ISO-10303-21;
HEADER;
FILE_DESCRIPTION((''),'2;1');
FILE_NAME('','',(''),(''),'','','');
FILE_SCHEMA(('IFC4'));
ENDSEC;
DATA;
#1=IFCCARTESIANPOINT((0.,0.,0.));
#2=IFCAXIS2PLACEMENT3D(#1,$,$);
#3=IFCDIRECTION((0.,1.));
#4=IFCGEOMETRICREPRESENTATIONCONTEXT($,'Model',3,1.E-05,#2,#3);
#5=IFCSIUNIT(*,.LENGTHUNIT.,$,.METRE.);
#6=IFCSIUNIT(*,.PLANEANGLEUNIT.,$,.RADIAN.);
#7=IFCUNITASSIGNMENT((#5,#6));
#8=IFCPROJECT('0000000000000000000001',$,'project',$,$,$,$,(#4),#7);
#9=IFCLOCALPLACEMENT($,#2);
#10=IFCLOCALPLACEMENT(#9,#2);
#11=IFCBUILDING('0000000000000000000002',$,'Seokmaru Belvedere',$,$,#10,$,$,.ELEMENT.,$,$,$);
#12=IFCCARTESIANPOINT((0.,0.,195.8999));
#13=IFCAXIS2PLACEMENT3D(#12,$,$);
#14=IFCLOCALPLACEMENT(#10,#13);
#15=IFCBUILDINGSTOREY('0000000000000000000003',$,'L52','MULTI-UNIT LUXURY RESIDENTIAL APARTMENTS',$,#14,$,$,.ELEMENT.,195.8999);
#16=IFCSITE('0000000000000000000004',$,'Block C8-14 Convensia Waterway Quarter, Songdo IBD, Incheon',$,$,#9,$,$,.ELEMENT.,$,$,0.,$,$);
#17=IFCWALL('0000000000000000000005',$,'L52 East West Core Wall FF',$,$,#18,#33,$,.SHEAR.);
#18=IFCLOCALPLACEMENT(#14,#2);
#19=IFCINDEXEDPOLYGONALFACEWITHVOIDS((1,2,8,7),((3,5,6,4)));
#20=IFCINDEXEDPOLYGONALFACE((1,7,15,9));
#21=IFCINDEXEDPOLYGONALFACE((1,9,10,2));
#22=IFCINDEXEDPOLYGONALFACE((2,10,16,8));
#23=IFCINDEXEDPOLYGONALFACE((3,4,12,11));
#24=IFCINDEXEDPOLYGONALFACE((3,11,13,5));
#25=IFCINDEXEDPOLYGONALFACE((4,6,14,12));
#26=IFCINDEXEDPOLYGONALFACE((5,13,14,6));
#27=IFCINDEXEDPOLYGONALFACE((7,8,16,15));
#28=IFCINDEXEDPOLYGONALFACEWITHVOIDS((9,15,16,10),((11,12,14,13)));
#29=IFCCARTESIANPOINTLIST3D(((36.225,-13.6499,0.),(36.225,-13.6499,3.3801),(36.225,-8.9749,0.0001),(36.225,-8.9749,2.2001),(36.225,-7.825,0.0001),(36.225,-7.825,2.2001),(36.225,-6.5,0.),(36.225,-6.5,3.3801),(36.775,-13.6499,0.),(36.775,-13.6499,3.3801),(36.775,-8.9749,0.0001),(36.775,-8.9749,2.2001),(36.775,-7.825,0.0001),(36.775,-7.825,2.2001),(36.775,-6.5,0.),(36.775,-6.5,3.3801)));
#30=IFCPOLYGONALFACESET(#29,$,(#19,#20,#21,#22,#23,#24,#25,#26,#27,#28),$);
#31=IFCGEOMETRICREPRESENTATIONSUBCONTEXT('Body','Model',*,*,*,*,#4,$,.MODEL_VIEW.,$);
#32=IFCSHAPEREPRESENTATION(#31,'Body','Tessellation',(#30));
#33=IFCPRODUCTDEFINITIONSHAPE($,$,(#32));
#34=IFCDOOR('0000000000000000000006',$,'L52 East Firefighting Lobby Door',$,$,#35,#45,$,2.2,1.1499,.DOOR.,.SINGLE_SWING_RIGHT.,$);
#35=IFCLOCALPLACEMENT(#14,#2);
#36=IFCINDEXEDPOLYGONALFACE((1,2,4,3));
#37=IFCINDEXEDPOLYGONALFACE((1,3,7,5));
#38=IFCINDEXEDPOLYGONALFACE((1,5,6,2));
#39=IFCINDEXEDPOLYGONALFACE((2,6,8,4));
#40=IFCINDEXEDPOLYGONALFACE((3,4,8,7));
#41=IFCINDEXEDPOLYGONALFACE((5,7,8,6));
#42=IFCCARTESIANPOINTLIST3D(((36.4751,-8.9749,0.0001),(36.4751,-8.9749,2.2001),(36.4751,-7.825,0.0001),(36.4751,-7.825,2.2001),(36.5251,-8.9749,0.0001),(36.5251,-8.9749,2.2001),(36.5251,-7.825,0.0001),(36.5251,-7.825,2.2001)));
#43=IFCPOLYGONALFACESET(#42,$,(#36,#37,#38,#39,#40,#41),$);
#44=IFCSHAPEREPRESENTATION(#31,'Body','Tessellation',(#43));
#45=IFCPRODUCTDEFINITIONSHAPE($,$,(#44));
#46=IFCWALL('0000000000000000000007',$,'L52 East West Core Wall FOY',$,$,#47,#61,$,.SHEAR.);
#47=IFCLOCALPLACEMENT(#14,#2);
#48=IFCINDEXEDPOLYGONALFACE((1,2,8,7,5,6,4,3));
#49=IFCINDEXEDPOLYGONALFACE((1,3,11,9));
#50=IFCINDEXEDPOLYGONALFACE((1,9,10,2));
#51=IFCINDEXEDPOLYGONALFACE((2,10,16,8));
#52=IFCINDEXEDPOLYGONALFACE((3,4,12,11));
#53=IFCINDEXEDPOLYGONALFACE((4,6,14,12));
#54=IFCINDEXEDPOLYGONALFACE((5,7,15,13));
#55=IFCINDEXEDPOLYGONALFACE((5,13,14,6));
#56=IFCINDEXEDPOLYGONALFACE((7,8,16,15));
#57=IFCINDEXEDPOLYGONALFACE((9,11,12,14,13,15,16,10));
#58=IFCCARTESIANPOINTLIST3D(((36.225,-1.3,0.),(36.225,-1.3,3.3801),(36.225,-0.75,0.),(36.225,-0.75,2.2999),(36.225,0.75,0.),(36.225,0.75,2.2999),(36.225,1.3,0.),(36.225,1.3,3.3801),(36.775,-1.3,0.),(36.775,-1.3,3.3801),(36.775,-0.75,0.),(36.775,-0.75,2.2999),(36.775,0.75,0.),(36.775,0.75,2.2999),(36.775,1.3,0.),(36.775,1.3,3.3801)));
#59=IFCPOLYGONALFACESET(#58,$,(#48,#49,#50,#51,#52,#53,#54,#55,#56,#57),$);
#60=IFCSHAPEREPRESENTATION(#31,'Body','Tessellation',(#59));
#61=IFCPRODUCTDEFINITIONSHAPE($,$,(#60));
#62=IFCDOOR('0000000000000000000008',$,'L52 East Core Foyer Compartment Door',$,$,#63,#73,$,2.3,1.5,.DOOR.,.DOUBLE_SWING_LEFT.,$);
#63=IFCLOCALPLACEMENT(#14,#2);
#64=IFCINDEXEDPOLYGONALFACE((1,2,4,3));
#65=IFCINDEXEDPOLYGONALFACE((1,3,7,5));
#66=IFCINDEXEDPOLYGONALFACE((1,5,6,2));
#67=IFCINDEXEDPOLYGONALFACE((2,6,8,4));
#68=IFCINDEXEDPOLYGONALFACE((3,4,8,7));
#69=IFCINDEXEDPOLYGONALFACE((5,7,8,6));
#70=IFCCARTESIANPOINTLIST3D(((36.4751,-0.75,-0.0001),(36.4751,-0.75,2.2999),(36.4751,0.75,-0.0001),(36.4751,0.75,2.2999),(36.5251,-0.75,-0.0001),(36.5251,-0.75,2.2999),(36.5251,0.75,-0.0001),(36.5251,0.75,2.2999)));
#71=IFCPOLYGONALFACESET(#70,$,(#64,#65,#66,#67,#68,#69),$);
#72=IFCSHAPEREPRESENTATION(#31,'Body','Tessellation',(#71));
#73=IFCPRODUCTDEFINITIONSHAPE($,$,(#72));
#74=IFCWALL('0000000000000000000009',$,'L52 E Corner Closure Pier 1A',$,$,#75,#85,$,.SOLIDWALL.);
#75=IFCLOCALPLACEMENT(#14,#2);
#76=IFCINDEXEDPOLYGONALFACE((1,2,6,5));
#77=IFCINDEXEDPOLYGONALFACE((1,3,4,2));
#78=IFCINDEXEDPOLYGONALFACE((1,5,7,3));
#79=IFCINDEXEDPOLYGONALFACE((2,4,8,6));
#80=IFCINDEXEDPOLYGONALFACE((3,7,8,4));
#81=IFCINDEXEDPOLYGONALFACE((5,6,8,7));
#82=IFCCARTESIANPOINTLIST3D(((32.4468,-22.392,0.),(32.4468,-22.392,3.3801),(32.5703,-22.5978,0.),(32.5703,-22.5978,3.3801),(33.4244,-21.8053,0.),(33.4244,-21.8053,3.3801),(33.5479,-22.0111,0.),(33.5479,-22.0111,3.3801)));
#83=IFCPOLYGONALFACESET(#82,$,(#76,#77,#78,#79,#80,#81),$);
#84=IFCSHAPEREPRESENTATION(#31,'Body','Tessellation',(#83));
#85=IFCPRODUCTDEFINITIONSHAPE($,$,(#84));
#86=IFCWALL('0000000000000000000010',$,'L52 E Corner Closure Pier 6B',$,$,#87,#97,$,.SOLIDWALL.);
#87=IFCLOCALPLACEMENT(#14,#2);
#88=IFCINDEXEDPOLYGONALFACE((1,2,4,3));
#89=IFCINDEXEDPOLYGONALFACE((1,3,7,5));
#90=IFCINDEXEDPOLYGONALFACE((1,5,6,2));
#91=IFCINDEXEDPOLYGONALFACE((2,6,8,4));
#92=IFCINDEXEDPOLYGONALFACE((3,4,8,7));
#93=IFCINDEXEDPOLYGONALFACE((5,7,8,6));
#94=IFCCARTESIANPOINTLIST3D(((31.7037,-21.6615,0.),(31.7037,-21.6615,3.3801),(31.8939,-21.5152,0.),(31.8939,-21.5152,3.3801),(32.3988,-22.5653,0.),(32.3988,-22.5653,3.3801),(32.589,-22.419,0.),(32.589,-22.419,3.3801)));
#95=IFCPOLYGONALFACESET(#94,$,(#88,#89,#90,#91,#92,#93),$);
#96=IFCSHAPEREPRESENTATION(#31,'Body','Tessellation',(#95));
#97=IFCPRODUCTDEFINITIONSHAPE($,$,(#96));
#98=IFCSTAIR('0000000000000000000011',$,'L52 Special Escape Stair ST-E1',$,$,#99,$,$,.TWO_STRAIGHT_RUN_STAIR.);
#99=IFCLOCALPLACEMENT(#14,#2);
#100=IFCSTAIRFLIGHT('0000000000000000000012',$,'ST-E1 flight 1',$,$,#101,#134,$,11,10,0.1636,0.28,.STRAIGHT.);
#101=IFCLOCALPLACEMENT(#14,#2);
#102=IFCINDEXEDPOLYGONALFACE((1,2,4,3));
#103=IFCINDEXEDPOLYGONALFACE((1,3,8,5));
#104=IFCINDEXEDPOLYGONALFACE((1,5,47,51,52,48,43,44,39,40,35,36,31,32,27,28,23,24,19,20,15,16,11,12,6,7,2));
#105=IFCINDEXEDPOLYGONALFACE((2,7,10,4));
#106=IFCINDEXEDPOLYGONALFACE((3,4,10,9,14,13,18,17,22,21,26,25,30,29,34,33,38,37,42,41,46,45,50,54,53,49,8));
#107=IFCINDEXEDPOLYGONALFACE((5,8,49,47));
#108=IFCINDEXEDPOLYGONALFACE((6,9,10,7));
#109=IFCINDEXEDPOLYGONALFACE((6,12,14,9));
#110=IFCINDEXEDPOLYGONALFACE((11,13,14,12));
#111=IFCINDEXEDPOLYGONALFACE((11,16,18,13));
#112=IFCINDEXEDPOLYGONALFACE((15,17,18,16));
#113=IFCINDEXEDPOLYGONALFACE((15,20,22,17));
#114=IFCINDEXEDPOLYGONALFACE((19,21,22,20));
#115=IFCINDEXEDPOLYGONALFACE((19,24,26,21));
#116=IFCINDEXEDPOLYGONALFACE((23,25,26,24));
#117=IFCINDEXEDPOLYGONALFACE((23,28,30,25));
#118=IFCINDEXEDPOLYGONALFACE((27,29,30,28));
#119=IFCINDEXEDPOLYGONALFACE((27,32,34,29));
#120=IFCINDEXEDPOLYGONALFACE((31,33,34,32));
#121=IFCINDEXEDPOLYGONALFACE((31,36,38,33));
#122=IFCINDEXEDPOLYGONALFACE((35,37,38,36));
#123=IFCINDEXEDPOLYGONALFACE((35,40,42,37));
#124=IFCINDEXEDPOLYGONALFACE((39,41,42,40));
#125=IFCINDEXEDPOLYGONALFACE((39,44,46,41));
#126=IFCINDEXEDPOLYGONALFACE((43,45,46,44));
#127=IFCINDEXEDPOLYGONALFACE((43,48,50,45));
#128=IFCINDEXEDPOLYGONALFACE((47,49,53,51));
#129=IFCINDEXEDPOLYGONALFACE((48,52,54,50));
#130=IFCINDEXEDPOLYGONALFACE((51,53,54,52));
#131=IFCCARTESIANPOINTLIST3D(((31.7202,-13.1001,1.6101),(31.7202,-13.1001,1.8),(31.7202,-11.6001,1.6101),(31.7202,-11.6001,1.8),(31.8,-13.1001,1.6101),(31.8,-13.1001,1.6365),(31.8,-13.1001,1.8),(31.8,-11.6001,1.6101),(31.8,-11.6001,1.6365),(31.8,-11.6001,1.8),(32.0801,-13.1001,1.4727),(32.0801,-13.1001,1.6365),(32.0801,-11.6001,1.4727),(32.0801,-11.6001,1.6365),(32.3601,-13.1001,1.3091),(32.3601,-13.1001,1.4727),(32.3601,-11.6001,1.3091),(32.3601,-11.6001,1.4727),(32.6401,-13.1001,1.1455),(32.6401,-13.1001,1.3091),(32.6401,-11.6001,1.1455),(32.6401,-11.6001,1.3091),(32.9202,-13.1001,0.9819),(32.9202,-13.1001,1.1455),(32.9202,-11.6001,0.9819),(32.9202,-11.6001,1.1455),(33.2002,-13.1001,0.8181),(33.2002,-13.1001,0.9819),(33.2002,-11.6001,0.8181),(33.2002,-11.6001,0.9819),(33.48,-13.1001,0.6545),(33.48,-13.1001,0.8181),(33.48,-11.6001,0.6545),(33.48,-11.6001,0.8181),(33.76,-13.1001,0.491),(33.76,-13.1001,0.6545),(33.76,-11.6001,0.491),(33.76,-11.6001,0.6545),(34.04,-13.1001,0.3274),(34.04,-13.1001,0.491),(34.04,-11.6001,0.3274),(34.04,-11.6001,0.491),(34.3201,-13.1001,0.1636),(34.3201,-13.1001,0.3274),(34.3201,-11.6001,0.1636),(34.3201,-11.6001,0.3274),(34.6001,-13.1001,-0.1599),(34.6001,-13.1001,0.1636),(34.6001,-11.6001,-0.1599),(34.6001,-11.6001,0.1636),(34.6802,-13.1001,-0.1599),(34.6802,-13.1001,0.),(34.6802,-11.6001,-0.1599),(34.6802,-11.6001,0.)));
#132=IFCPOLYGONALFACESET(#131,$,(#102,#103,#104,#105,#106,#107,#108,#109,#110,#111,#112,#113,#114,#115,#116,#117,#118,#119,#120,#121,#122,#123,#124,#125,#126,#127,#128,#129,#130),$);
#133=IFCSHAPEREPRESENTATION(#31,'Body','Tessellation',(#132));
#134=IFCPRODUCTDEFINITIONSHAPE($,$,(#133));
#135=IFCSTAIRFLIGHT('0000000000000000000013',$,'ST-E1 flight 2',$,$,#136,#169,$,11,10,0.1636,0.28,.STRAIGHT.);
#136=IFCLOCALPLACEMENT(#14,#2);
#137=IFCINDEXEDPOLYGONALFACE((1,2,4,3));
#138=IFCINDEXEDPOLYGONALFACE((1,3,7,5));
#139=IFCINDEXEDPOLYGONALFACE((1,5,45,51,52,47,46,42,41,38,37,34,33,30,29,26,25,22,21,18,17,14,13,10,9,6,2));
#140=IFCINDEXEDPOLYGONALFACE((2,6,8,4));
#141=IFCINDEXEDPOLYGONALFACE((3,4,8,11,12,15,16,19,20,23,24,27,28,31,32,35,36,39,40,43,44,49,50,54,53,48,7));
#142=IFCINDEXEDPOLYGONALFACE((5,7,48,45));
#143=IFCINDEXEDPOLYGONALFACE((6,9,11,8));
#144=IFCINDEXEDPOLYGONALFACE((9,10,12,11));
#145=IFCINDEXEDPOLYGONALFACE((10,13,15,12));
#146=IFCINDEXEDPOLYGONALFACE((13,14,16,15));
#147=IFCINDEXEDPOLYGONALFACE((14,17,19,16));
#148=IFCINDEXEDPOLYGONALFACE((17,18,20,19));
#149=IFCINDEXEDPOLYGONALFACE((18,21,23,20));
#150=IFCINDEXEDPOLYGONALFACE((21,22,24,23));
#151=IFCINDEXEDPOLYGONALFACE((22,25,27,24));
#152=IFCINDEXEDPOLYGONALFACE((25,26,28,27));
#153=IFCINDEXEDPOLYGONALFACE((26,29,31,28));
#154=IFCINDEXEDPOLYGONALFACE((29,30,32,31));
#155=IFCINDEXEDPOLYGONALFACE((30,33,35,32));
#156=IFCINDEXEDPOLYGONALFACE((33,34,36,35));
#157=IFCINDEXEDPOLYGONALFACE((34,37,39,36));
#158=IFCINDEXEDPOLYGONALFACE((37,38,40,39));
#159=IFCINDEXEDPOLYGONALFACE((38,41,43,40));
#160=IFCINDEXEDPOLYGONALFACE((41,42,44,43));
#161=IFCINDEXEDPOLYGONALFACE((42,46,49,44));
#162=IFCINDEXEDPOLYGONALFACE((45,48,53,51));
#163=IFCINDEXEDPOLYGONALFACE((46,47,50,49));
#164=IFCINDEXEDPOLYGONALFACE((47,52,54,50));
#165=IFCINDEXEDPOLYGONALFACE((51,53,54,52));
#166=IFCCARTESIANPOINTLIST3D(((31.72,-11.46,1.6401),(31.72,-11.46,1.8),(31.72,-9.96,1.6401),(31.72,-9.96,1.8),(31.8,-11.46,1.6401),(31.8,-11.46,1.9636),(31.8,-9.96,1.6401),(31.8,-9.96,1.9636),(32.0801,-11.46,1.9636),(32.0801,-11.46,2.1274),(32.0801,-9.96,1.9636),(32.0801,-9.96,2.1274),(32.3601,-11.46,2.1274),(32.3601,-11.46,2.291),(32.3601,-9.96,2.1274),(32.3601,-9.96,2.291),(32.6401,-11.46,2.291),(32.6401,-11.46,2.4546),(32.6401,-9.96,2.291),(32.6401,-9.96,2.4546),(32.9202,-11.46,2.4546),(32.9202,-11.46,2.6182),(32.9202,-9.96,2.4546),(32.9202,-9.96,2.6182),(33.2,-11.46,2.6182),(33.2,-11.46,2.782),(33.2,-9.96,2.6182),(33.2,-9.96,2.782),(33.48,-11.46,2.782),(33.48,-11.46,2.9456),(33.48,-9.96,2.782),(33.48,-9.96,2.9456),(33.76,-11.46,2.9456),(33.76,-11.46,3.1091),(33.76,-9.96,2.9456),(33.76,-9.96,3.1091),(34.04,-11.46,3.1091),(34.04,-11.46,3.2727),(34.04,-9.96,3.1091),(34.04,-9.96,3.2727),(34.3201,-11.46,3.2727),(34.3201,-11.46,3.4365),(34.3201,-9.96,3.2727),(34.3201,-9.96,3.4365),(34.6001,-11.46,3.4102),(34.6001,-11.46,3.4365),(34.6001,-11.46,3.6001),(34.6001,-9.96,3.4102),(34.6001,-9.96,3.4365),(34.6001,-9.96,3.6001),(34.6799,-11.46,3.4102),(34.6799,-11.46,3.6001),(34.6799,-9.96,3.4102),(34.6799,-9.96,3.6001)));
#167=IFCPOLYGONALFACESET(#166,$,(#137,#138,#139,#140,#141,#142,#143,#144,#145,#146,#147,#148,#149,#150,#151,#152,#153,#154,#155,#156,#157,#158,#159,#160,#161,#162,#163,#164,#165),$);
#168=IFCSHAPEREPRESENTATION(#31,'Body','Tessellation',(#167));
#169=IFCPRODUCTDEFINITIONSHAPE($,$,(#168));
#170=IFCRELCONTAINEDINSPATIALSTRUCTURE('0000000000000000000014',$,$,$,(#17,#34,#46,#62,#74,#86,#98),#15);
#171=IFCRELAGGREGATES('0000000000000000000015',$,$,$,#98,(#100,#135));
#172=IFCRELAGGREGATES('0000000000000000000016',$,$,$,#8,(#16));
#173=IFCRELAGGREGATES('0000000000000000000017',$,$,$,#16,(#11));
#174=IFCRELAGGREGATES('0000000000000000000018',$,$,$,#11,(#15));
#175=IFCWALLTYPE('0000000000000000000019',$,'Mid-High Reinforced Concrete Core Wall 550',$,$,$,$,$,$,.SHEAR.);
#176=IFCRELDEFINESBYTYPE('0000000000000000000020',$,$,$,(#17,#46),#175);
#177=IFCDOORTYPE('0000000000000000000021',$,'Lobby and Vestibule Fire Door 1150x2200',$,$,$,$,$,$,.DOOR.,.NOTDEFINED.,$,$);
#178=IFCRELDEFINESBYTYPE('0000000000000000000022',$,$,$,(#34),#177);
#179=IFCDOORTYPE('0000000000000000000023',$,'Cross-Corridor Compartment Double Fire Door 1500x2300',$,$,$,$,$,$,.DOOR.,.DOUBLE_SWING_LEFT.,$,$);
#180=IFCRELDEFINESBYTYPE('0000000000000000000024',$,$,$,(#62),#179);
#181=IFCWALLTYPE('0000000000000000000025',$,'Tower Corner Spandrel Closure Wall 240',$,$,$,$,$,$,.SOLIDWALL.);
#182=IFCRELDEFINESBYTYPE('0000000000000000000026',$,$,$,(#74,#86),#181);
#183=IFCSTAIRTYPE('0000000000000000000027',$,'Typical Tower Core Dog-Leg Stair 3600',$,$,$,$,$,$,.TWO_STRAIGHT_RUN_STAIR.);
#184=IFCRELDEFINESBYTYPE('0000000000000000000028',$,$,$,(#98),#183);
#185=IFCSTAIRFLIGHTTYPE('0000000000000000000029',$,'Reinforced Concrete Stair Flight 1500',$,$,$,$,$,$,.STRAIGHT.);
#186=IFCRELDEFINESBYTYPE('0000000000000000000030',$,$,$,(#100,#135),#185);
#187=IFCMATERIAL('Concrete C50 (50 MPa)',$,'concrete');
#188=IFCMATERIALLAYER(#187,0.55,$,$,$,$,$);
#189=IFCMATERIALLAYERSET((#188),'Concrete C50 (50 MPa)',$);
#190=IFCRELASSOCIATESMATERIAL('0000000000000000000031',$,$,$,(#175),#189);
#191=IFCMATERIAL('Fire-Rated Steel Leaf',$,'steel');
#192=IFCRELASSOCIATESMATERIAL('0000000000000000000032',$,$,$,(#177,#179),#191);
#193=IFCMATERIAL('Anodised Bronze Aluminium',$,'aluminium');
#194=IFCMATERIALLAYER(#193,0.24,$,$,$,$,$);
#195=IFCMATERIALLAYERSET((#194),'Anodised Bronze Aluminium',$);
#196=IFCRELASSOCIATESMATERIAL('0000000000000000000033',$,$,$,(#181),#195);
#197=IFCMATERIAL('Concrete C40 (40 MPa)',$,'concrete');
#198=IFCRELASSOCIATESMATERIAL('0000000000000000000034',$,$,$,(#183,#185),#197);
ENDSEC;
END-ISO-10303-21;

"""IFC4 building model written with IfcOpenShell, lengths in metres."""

from ifc_helpers import new_model, si_unit, direction, frame, frame_2d, origin, place, context, subcontext, project, spatial, polyline, rectangle, outline, extrude, source, transform, mapped, material, layer, layer_set, type_object, type_shapes, element, fill, aggregate, save


model = new_model("IFC4")

# Units and contexts
model_context = context("Model", 3, precision=1e-05, world=origin(), true_north=direction((0.0, 1.0)))
body_context = subcontext(model_context, "Body", "Model", "MODEL_VIEW")
ifc_project = project(units=[si_unit("LENGTHUNIT", "METRE"), si_unit("PLANEANGLEUNIT", "RADIAN")], contexts=[model_context])

# Site, building, storey
site_placement = place(None, origin())
site = spatial("IfcSite", under=ifc_project, at=site_placement, Name="Block C8-14 Convensia Waterway Quarter, Songdo IBD, Incheon", CompositionType="ELEMENT", RefElevation=0.0)
building_placement = place(site_placement, origin())
building = spatial("IfcBuilding", under=site, at=building_placement, Name="Seokmaru Belvedere", CompositionType="ELEMENT")
storey_placement = place(building_placement, frame((0.0, 0.0, 195.8999)))
storey = spatial("IfcBuildingStorey", under=building, at=storey_placement, Name="L52", Description="MULTI-UNIT LUXURY RESIDENTIAL APARTMENTS", CompositionType="ELEMENT", Elevation=195.8999)

# Shared definitions
ifc_material_1 = material(Name="Anodised Bronze Aluminium", Category="aluminium")

# Walls, openings, doors
ifc_material_2 = material(Name="Concrete C50 (50 MPa)", Category="concrete")
ifc_layer_1 = layer(ifc_material_2, 0.55)
ifc_layer_set_1 = layer_set([ifc_layer_1], Name="Concrete C50 (50 MPa)")
wall_type_1 = type_object("IfcWallType", Name="Mid-High Reinforced Concrete Core Wall 550", PredefinedType="SHEAR", material=ifc_layer_set_1)
wall_1_placement = place(storey_placement, frame((36.5, -13.6499, 0.0), z_axis=(0.0, 0.0, 1.0), x_axis=(0.0, 1.0, 0.0)))
wall_1 = element("IfcWall", 1, at=wall_1_placement, inside=storey, type_object=wall_type_1, Name="L52 East West Core Wall FF", PredefinedType="SHEAR", context=body_context, shape_type="SweptSolid", body=[
    extrude(rectangle(XDim=7.1499, YDim=0.55, at=frame_2d((3.575, 0.0))), origin(), (0.0, 0.0, 1.0), 3.3801),
])
opening_1_placement = place(wall_1_placement, frame((4.675, 0.0, 0.0)))
opening_1 = element("IfcOpeningElement", 2, at=opening_1_placement, cuts=wall_1, PredefinedType="OPENING", context=body_context, shape_type="SweptSolid", body=[
    extrude(rectangle(XDim=1.1499, YDim=2.2, at=frame_2d((0.575, 1.1001))), frame((0.0, 0.2852, 0.0), z_axis=(0.0, -1.0, 0.0), x_axis=(1.0, 0.0, 0.0)), (0.0, 0.0, 1.0), 0.5701),
])
ifc_material_3 = material(Name="Fire-Rated Steel Leaf", Category="steel")
door_type_1 = type_object("IfcDoorType", Name="Lobby and Vestibule Fire Door 1150x2200", OperationType="NOTDEFINED", PredefinedType="DOOR", material=ifc_material_3)
shared_shape_1 = source(origin(), body_context, "Body", "SweptSolid", [
    extrude(rectangle(XDim=1.1499, YDim=2.2, at=frame_2d((0.575, 1.1001))), frame((0.0, 0.0249, 0.0), z_axis=(0.0, -1.0, 0.0), x_axis=(1.0, 0.0, 0.0)), (0.0, 0.0, 1.0), 0.05),
])
type_shapes(door_type_1, [shared_shape_1])
door_1_placement = place(opening_1_placement, origin())
door_1 = element("IfcDoor", 3, at=door_1_placement, inside=storey, type_object=door_type_1, Name="L52 East Firefighting Lobby Door", OperationType="SINGLE_SWING_RIGHT", OverallHeight=2.2, OverallWidth=1.1499, PredefinedType="DOOR", context=body_context, shape_type="MappedRepresentation", body=[
    mapped(shared_shape_1, transform((0.0, 0.0, 0.0), scale=1.0)),
])
fill(opening_1, door_1)
wall_2_placement = place(storey_placement, frame((36.5, -1.3, 0.0), z_axis=(0.0, 0.0, 1.0), x_axis=(0.0, 1.0, 0.0)))
wall_2 = element("IfcWall", 4, at=wall_2_placement, inside=storey, type_object=wall_type_1, Name="L52 East West Core Wall FOY", PredefinedType="SHEAR", context=body_context, shape_type="SweptSolid", body=[
    extrude(rectangle(XDim=2.6001, YDim=0.55, at=frame_2d((1.3, 0.0))), origin(), (0.0, 0.0, 1.0), 3.3801),
])
opening_2_placement = place(wall_2_placement, frame((0.55, 0.0, 0.0)))
opening_2 = element("IfcOpeningElement", 5, at=opening_2_placement, cuts=wall_2, PredefinedType="OPENING", context=body_context, shape_type="SweptSolid", body=[
    extrude(rectangle(XDim=1.5, YDim=2.3, at=frame_2d((0.75, 1.1499))), frame((0.0, 0.2852, 0.0), z_axis=(0.0, -1.0, 0.0), x_axis=(1.0, 0.0, 0.0)), (0.0, 0.0, 1.0), 0.5701),
])
door_type_2 = type_object("IfcDoorType", Name="Cross-Corridor Compartment Double Fire Door 1500x2300", OperationType="DOUBLE_SWING_LEFT", PredefinedType="DOOR", material=ifc_material_3)
shared_shape_2 = source(origin(), body_context, "Body", "SweptSolid", [
    extrude(rectangle(XDim=1.5, YDim=2.3, at=frame_2d((0.75, 1.1499))), frame((0.0, 0.0249, 0.0), z_axis=(0.0, -1.0, 0.0), x_axis=(1.0, 0.0, 0.0)), (0.0, 0.0, 1.0), 0.05),
])
type_shapes(door_type_2, [shared_shape_2])
door_2_placement = place(opening_2_placement, origin())
door_2 = element("IfcDoor", 6, at=door_2_placement, inside=storey, type_object=door_type_2, Name="L52 East Core Foyer Compartment Door", OperationType="DOUBLE_SWING_LEFT", OverallHeight=2.3, OverallWidth=1.5, PredefinedType="DOOR", context=body_context, shape_type="MappedRepresentation", body=[
    mapped(shared_shape_2, transform((0.0, 0.0, 0.0), scale=1.0)),
])
fill(opening_2, door_2)

# Walls
ifc_layer_2 = layer(ifc_material_1, 0.24)
ifc_layer_set_2 = layer_set([ifc_layer_2], Name="Anodised Bronze Aluminium")
wall_type_2 = type_object("IfcWallType", Name="Tower Corner Spandrel Closure Wall 240", PredefinedType="SOLIDWALL", material=ifc_layer_set_2)
for number, where, z_axis, x_axis, name in (
    (7, (32.5085, -22.4949, 0.0), (0.0, 0.0, 1.0), (0.857436, 0.51459, 0.0), "L52 E Corner Closure Pier 1A"),
    (8, (31.7988, -21.5884, 0.0), (0.0, 0.0, 1.0), (0.609618, -0.792696, 0.0), "L52 E Corner Closure Pier 6B"),
):
    element("IfcWall", number, at=place(storey_placement, frame(where, z_axis=z_axis, x_axis=x_axis)), inside=storey, type_object=wall_type_2, Name=name, PredefinedType="SOLIDWALL", context=body_context, shape_type="SweptSolid", body=[
        extrude(rectangle(XDim=1.1401, YDim=0.24, at=frame_2d((0.5701, 0.0))), origin(), (0.0, 0.0, 1.0), 3.3801),
    ])

# Stair, stair flights
ifc_material_4 = material(Name="Concrete C40 (40 MPa)", Category="concrete")
stair_type = type_object("IfcStairType", Name="Typical Tower Core Dog-Leg Stair 3600", PredefinedType="TWO_STRAIGHT_RUN_STAIR", material=ifc_material_4)
stair_placement = place(storey_placement, origin())
stair = element("IfcStair", 9, at=stair_placement, inside=storey, type_object=stair_type, Name="L52 Special Escape Stair ST-E1", PredefinedType="TWO_STRAIGHT_RUN_STAIR")
stair_flight_type = type_object("IfcStairFlightType", Name="Reinforced Concrete Stair Flight 1500", PredefinedType="STRAIGHT", material=ifc_material_4)
stair_flight_1_placement = place(storey_placement, frame((34.6001, -12.3501, 0.0), z_axis=(0.0, 0.0, 1.0), x_axis=(-1.0, 0.0, 0.0)))
stair_flight_1 = element("IfcStairFlight", 10, at=stair_flight_1_placement, type_object=stair_flight_type, Name="ST-E1 flight 1", NumberOfRisers=11, NumberOfTreads=10, PredefinedType="STRAIGHT", RiserHeight=0.1636, TreadLength=0.28, context=body_context, shape_type="SweptSolid", body=[
    extrude(outline(polyline([(-0.0801, 0.0), (0.0, 0.1636), (0.28, 0.1636), (0.28, 0.3274), (0.5601, 0.3274), (0.5601, 0.491), (0.8401, 0.491), (0.8401, 0.6545), (1.1201, 0.6545), (1.1201, 0.8181), (1.3999, 0.8181), (1.3999, 0.9819), (1.6799, 0.9819), (1.6799, 1.1455), (1.96, 1.1455), (1.96, 1.3091), (2.24, 1.3091), (2.24, 1.4727), (2.52, 1.4727), (2.52, 1.6365), (2.8, 1.6365), (2.8, 1.8), (2.8799, 1.8), (2.8799, 1.6101), (2.8, 1.6101), (0.0, -0.1599), (-0.0801, -0.1599), (-0.0801, 0.0)])), frame((0.0, 0.75, 0.0), z_axis=(0.0, -1.0, 0.0), x_axis=(1.0, 0.0, 0.0)), (0.0, 0.0, 1.0), 1.5),
])
stair_flight_2_placement = place(storey_placement, frame((31.8, -10.71, 1.8), z_axis=(0.0, 0.0, 1.0), x_axis=(1.0, 0.0, 0.0)))
stair_flight_2 = element("IfcStairFlight", 11, at=stair_flight_2_placement, type_object=stair_flight_type, Name="ST-E1 flight 2", NumberOfRisers=11, NumberOfTreads=10, PredefinedType="STRAIGHT", RiserHeight=0.1636, TreadLength=0.28, context=body_context, shape_type="SweptSolid", body=[
    extrude(outline(polyline([(-0.0801, 0.0), (0.0, 0.1636), (0.28, 0.1636), (0.28, 0.3274), (0.5601, 0.3274), (0.5601, 0.491), (0.8401, 0.491), (0.8401, 0.6545), (1.1201, 0.6545), (1.1201, 0.8181), (1.3999, 0.8181), (1.3999, 0.9819), (1.6799, 0.9819), (1.6799, 1.1455), (1.96, 1.1455), (1.96, 1.3091), (2.24, 1.3091), (2.24, 1.4727), (2.52, 1.4727), (2.52, 1.6365), (2.8, 1.6365), (2.8, 1.8), (2.8799, 1.8), (2.8799, 1.6101), (2.8, 1.6101), (0.0, -0.1599), (-0.0801, -0.1599), (-0.0801, 0.0)])), frame((0.0, 0.75, 0.0), z_axis=(0.0, -1.0, 0.0), x_axis=(1.0, 0.0, 0.0)), (0.0, 0.0, 1.0), 1.5),
])
aggregate(stair, [stair_flight_1, stair_flight_2])

save(model, "model.ifc")
